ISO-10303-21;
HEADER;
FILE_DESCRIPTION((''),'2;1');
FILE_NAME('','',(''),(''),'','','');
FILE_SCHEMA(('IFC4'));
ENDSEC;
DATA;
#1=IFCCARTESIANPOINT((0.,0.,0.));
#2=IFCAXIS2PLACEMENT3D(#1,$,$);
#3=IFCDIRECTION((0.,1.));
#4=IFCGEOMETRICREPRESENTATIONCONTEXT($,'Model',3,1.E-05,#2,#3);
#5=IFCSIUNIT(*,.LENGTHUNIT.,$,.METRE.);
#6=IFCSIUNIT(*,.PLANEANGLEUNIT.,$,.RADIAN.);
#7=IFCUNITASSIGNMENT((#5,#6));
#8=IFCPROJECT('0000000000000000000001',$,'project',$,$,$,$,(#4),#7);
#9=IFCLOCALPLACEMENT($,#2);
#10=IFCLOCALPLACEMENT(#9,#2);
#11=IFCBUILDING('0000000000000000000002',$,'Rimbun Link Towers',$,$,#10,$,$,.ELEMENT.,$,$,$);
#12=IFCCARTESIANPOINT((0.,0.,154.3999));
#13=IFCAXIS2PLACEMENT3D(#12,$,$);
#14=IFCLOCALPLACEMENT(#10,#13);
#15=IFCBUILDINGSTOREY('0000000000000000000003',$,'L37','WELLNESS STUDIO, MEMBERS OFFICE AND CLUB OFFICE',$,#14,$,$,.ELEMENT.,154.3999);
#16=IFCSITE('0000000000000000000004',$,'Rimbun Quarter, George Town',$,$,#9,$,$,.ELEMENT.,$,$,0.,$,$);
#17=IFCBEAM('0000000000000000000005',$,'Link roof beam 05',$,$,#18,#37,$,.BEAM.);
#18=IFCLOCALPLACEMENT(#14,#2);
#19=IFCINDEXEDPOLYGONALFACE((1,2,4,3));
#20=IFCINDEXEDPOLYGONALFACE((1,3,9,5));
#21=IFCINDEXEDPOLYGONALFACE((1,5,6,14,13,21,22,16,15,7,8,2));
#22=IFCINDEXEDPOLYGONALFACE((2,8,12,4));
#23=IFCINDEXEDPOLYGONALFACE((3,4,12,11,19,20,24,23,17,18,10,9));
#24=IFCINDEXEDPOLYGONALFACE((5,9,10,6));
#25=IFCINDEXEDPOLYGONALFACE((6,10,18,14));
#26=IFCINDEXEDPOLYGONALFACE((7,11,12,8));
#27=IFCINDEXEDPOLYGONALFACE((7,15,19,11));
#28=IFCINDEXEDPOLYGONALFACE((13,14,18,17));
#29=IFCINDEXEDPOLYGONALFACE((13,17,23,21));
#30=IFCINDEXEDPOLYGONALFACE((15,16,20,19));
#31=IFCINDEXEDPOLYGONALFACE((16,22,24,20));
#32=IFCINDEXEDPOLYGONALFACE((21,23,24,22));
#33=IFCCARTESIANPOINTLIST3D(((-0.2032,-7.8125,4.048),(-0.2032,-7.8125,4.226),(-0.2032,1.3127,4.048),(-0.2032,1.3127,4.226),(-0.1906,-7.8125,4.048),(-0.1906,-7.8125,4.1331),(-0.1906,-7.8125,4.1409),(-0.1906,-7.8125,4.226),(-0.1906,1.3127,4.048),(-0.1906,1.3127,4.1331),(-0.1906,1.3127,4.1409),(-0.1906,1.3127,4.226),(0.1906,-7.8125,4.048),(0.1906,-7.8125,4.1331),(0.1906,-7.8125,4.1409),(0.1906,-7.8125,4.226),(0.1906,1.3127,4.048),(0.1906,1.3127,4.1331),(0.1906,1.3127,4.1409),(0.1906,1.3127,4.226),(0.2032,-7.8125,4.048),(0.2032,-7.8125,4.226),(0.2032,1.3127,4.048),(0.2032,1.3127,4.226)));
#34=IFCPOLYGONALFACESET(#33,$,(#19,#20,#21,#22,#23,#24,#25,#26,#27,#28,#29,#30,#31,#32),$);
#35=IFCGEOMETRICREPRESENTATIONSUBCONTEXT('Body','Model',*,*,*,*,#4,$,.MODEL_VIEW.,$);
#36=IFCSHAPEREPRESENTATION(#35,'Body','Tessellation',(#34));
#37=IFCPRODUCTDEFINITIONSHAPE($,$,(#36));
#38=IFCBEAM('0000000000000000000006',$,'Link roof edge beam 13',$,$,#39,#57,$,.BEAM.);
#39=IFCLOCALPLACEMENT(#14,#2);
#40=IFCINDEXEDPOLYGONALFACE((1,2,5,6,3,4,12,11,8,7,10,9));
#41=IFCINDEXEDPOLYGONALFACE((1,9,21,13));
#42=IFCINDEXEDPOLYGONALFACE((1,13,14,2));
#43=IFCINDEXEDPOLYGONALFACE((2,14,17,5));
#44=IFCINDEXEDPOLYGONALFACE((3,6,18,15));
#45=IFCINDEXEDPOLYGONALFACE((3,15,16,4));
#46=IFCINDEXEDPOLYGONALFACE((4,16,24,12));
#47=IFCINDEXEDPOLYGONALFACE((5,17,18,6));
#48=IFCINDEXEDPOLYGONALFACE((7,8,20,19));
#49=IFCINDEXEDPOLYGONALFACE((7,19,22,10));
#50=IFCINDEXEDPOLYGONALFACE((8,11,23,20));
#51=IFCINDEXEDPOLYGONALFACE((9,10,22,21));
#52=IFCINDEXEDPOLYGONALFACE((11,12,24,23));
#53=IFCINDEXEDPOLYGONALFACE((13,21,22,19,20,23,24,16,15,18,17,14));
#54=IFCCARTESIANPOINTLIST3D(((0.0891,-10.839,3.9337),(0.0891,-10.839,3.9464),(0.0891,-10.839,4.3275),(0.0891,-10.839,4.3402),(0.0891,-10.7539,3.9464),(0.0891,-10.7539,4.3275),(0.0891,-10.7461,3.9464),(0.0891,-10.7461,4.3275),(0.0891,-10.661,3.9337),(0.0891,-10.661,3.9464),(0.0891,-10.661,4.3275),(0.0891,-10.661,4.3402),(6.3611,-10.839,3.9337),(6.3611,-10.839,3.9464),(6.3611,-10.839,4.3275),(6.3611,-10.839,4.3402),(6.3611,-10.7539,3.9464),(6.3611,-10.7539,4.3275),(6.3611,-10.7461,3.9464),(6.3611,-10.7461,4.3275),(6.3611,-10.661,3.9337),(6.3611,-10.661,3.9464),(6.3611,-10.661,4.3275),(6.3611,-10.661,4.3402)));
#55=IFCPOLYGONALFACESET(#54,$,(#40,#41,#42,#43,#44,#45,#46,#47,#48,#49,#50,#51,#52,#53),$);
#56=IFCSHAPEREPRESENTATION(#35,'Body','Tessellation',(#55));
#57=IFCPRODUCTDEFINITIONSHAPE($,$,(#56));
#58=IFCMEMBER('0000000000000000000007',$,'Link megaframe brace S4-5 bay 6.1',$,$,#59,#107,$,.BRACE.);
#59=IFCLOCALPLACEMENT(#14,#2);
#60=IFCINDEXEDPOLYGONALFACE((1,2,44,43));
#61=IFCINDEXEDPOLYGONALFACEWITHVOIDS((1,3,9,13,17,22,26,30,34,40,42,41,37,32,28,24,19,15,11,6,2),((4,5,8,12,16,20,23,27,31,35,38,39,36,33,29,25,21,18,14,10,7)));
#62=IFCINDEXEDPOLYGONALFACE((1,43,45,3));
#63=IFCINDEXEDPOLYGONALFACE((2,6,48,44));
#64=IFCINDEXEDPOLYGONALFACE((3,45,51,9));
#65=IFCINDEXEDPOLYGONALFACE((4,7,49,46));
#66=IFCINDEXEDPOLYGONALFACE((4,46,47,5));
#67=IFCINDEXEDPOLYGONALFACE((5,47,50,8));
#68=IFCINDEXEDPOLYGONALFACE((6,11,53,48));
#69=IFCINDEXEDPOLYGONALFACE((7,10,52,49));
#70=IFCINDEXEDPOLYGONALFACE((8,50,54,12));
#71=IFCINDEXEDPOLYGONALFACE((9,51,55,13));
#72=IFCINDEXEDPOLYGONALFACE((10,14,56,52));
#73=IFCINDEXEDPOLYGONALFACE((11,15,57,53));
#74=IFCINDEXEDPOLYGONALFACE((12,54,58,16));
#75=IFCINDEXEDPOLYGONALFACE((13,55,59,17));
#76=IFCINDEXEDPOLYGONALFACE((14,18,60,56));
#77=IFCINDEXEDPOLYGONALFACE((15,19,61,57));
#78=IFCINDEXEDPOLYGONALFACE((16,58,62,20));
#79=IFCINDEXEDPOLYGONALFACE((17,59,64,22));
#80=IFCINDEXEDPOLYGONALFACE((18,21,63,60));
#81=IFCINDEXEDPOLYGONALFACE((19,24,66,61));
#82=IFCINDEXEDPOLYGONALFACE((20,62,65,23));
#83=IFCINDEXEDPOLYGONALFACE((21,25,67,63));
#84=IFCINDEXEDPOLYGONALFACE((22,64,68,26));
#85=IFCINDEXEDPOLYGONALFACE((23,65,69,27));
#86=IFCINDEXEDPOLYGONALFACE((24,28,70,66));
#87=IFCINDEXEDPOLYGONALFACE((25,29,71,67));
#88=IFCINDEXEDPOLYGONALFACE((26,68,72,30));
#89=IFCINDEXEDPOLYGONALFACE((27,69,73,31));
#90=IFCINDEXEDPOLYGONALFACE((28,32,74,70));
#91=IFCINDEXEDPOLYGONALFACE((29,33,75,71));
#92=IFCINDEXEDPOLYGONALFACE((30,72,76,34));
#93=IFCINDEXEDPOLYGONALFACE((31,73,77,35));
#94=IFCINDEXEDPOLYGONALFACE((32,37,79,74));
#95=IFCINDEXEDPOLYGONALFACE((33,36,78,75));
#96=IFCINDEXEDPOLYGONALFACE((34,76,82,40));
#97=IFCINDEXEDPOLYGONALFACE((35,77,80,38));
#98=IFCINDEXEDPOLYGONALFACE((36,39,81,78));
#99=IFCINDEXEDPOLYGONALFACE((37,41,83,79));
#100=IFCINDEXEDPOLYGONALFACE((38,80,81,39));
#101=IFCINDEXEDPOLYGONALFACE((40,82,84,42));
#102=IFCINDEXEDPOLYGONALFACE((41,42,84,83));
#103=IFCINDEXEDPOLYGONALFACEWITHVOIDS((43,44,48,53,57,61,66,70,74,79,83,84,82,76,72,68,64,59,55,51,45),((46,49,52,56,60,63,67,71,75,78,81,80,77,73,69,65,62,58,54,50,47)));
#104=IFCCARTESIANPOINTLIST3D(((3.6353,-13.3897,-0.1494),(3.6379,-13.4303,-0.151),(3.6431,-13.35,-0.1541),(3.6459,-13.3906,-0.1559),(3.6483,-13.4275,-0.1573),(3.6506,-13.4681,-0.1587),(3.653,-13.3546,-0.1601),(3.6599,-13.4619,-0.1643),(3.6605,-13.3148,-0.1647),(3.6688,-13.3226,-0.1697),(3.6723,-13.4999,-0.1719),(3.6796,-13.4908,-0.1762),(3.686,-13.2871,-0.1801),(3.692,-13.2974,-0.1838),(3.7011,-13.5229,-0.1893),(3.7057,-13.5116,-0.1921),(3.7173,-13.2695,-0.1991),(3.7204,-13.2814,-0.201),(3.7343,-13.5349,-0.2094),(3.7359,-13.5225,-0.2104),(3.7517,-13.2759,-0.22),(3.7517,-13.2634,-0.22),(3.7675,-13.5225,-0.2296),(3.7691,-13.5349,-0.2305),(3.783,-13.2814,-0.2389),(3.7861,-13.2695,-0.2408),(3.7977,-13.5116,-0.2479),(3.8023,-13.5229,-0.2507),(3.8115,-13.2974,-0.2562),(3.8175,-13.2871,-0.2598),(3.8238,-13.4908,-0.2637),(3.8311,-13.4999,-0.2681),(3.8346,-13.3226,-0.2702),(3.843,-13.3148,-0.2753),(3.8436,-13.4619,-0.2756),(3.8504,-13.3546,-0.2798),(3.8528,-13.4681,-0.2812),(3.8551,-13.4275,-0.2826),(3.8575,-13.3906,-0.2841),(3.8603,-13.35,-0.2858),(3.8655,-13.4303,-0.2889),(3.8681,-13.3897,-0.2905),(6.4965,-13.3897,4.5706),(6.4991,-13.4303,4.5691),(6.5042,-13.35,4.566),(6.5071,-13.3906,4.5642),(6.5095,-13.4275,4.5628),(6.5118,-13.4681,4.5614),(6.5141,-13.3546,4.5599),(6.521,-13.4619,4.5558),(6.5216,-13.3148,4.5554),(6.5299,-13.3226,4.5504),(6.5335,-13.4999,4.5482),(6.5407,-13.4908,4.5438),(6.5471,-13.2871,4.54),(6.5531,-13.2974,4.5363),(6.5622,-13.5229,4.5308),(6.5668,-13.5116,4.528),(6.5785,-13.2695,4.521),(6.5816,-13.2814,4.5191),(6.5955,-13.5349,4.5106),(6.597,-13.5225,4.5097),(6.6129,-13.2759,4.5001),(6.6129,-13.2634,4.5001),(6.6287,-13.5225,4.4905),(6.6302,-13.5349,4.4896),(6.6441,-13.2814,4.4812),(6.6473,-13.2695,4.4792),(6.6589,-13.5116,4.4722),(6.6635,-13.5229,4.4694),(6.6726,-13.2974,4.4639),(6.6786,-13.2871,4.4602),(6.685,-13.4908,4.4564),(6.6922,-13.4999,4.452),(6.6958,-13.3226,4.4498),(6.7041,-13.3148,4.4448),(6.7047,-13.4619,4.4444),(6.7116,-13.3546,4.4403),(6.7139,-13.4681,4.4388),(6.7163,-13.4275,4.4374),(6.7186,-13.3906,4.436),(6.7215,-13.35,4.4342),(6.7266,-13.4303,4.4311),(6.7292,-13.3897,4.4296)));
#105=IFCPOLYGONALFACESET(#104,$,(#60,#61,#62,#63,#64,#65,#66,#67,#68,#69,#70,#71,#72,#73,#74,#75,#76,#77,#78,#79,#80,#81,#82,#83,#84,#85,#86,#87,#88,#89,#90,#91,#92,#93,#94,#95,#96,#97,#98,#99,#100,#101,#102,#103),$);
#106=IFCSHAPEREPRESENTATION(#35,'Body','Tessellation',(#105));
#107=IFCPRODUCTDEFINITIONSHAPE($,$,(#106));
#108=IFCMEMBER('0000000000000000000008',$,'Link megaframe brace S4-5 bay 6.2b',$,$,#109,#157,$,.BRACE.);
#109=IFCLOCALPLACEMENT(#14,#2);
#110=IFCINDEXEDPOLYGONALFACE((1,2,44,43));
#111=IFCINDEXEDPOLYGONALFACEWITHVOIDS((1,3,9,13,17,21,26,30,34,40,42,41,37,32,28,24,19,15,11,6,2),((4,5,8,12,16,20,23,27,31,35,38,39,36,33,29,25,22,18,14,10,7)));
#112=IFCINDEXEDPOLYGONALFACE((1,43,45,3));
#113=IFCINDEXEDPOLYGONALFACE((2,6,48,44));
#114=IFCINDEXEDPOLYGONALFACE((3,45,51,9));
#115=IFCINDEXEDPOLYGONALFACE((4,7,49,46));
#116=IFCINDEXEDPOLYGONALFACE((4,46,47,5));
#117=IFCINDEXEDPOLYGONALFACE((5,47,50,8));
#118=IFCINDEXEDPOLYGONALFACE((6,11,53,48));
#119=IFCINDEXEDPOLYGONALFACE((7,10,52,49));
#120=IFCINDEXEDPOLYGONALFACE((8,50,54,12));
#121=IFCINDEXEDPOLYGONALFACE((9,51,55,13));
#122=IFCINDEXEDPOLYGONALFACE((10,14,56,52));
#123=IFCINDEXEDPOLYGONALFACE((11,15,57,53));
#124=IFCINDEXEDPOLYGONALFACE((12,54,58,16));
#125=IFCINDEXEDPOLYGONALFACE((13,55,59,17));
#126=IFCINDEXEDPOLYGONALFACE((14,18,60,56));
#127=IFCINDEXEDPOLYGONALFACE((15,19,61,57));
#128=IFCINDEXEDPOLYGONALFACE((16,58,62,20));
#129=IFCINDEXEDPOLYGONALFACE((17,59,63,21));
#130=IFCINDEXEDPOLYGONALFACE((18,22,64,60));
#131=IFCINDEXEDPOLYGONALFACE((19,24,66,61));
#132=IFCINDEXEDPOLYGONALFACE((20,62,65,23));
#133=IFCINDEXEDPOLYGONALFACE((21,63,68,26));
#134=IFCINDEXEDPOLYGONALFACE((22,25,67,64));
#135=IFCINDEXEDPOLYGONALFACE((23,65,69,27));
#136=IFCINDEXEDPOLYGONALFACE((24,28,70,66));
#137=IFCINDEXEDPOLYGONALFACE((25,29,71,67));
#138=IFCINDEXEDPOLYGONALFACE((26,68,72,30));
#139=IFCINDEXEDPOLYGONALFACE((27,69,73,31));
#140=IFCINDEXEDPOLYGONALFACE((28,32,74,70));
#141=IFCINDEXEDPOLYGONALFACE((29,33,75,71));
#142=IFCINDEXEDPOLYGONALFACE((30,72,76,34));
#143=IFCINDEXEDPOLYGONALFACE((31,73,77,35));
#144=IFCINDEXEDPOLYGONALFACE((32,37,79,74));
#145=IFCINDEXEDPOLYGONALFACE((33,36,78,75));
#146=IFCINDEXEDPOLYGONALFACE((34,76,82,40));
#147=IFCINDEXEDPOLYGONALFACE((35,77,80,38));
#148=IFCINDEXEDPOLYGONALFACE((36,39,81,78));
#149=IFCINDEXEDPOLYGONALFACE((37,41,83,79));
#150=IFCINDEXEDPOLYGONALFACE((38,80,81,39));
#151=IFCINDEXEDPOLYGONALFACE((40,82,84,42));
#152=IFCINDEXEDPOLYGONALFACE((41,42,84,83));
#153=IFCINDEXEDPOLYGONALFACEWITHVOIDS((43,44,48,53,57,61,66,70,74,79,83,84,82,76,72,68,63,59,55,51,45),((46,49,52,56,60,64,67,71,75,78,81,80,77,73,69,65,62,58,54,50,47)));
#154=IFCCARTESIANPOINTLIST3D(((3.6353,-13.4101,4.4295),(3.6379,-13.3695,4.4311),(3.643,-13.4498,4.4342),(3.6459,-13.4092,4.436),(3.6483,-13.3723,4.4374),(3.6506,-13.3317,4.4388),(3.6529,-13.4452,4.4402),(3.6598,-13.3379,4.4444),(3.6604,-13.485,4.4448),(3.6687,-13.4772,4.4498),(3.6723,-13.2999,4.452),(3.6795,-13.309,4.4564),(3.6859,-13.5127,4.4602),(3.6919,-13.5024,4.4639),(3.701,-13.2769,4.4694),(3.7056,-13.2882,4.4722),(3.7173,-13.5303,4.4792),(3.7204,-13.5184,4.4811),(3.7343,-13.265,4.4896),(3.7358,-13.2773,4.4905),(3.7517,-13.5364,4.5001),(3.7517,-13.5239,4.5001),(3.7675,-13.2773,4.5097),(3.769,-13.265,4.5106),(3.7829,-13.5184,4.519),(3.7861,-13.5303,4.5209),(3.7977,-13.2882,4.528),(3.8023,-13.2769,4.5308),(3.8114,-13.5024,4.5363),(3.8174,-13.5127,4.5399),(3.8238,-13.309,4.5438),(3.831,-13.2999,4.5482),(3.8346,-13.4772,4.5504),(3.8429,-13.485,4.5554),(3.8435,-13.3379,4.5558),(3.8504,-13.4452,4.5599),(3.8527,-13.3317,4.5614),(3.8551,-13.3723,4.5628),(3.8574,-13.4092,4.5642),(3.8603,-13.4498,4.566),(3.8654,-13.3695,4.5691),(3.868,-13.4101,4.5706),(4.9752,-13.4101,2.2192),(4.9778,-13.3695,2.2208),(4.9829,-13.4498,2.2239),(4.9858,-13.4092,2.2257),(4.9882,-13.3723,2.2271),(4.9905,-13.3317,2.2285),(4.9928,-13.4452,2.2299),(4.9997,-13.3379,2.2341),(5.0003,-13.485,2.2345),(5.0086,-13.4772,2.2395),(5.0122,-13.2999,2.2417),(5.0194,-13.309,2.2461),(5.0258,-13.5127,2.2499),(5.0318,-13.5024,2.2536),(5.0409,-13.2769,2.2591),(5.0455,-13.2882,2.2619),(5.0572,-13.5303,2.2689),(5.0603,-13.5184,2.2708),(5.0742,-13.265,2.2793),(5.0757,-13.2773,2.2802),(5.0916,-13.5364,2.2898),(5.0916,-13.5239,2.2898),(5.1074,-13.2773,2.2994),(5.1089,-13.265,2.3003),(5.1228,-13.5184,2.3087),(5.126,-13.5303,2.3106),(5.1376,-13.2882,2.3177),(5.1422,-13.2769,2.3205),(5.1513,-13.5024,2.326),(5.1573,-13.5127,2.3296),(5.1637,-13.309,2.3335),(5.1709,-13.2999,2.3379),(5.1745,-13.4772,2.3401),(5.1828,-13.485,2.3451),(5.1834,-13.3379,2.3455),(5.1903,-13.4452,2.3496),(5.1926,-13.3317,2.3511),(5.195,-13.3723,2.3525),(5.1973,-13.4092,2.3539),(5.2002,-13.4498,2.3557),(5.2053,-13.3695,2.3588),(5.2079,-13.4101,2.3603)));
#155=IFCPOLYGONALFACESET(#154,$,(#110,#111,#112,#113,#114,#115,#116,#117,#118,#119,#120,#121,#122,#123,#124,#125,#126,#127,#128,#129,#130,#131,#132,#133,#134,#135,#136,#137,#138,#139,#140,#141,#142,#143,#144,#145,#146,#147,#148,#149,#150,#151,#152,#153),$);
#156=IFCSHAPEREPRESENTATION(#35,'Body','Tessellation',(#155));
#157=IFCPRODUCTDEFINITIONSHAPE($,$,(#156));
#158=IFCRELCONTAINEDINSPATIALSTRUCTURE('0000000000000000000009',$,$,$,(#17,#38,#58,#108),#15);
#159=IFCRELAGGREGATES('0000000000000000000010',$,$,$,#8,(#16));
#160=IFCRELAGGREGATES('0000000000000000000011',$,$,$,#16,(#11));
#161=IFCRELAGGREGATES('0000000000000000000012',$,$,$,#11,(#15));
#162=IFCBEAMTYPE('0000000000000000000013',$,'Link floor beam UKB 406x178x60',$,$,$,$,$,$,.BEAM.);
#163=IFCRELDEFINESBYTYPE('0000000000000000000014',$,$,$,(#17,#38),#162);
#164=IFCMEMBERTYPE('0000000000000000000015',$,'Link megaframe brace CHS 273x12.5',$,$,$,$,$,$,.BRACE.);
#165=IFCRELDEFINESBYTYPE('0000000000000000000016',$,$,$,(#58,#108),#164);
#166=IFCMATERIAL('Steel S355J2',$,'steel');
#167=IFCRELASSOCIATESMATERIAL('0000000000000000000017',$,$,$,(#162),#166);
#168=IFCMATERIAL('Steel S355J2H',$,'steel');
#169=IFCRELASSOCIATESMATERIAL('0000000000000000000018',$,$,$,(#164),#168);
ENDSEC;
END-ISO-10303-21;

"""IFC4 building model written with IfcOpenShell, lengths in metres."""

from ifc_helpers import new_model, si_unit, direction, frame, origin, origin_2d, place, context, subcontext, project, spatial, hollow_circle, i_section, extrude, material, material_profile, profile_set, type_object, element, save


model = new_model("IFC4")

# Units and contexts
model_context = context("Model", 3, precision=1e-05, world=origin(), true_north=direction((0.0, 1.0)))
body_context = subcontext(model_context, "Body", "Model", "MODEL_VIEW")
ifc_project = project(units=[si_unit("LENGTHUNIT", "METRE"), si_unit("PLANEANGLEUNIT", "RADIAN")], contexts=[model_context])

# Site, building, storey
site_placement = place(None, origin())
site = spatial("IfcSite", under=ifc_project, at=site_placement, Name="Rimbun Quarter, George Town", CompositionType="ELEMENT", RefElevation=0.0)
building_placement = place(site_placement, origin())
building = spatial("IfcBuilding", under=site, at=building_placement, Name="Rimbun Link Towers", CompositionType="ELEMENT")
storey_placement = place(building_placement, frame((0.0, 0.0, 154.3999)))
storey = spatial("IfcBuildingStorey", under=building, at=storey_placement, Name="L37", Description="WELLNESS STUDIO, MEMBERS OFFICE AND CLUB OFFICE", CompositionType="ELEMENT", Elevation=154.3999)

# Beams
ifc_material_1 = material(Name="Steel S355J2", Category="steel")
ifc_material_profile_1 = material_profile(ifc_material_1, i_section(OverallWidth=0.178, OverallDepth=0.4065, WebThickness=0.0078, FlangeThickness=0.0127, at=origin_2d()), Name="UKB 406x178x60")
ifc_profile_set_1 = profile_set([ifc_material_profile_1], Name="Steel S355J2")
beam_type_1 = type_object("IfcBeamType", Name="Link floor beam UKB 406x178x60", PredefinedType="BEAM", material=ifc_profile_set_1)
beam_1_placement = place(storey_placement, frame((0.0, -7.8125, 4.137), z_axis=(0.0, 1.0, 0.0), x_axis=(0.0, 0.0, 1.0)))
element("IfcBeam", 1, at=beam_1_placement, inside=storey, type_object=beam_type_1, Name="Link roof beam 05", PredefinedType="BEAM", context=body_context, shape_type="SweptSolid", body=[
    extrude(i_section(OverallWidth=0.178, OverallDepth=0.4065, WebThickness=0.0078, FlangeThickness=0.0127, at=origin_2d()), origin(), (0.0, 0.0, 1.0), 9.1252),
])
beam_2_placement = place(storey_placement, frame((0.0891, -10.75, 4.137), z_axis=(1.0, 0.0, 0.0), x_axis=(0.0, 1.0, 0.0)))
element("IfcBeam", 2, at=beam_2_placement, inside=storey, type_object=beam_type_1, Name="Link roof edge beam 13", PredefinedType="BEAM", context=body_context, shape_type="SweptSolid", body=[
    extrude(i_section(OverallWidth=0.178, OverallDepth=0.4065, WebThickness=0.0078, FlangeThickness=0.0127, at=origin_2d()), origin(), (0.0, 0.0, 1.0), 6.272),
])

# Members
ifc_material_2 = material(Name="Steel S355J2H", Category="steel")
ifc_material_profile_2 = material_profile(ifc_material_2, hollow_circle(Radius=0.1365, WallThickness=0.0125, at=origin_2d()), Name="CHS 273x12.5")
ifc_profile_set_2 = profile_set([ifc_material_profile_2], Name="Steel S355J2H")
member_type_1 = type_object("IfcMemberType", Name="Link megaframe brace CHS 273x12.5", PredefinedType="BRACE", material=ifc_profile_set_2)
member_1_placement = place(storey_placement, frame((3.7517, -13.3999, -0.22), z_axis=(0.518367, 0.0, 0.855158), x_axis=(0.0, 1.0, 0.0)))
element("IfcMember", 3, at=member_1_placement, inside=storey, type_object=member_type_1, Name="Link megaframe brace S4-5 bay 6.1", PredefinedType="BRACE", context=body_context, shape_type="SweptSolid", body=[
    extrude(hollow_circle(Radius=0.1365, WallThickness=0.0125, at=origin_2d()), origin(), (0.0, 0.0, 1.0), 5.5195),
])
member_2_placement = place(storey_placement, frame((5.0916, -13.3999, 2.2898), z_axis=(-0.518394, 0.0, 0.855142), x_axis=(0.0, -1.0, 0.0)))
element("IfcMember", 4, at=member_2_placement, inside=storey, type_object=member_type_1, Name="Link megaframe brace S4-5 bay 6.2b", PredefinedType="BRACE", context=body_context, shape_type="SweptSolid", body=[
    extrude(hollow_circle(Radius=0.1365, WallThickness=0.0125, at=origin_2d()), origin(), (0.0, 0.0, 1.0), 2.5847),
])

save(model, "model.ifc")
